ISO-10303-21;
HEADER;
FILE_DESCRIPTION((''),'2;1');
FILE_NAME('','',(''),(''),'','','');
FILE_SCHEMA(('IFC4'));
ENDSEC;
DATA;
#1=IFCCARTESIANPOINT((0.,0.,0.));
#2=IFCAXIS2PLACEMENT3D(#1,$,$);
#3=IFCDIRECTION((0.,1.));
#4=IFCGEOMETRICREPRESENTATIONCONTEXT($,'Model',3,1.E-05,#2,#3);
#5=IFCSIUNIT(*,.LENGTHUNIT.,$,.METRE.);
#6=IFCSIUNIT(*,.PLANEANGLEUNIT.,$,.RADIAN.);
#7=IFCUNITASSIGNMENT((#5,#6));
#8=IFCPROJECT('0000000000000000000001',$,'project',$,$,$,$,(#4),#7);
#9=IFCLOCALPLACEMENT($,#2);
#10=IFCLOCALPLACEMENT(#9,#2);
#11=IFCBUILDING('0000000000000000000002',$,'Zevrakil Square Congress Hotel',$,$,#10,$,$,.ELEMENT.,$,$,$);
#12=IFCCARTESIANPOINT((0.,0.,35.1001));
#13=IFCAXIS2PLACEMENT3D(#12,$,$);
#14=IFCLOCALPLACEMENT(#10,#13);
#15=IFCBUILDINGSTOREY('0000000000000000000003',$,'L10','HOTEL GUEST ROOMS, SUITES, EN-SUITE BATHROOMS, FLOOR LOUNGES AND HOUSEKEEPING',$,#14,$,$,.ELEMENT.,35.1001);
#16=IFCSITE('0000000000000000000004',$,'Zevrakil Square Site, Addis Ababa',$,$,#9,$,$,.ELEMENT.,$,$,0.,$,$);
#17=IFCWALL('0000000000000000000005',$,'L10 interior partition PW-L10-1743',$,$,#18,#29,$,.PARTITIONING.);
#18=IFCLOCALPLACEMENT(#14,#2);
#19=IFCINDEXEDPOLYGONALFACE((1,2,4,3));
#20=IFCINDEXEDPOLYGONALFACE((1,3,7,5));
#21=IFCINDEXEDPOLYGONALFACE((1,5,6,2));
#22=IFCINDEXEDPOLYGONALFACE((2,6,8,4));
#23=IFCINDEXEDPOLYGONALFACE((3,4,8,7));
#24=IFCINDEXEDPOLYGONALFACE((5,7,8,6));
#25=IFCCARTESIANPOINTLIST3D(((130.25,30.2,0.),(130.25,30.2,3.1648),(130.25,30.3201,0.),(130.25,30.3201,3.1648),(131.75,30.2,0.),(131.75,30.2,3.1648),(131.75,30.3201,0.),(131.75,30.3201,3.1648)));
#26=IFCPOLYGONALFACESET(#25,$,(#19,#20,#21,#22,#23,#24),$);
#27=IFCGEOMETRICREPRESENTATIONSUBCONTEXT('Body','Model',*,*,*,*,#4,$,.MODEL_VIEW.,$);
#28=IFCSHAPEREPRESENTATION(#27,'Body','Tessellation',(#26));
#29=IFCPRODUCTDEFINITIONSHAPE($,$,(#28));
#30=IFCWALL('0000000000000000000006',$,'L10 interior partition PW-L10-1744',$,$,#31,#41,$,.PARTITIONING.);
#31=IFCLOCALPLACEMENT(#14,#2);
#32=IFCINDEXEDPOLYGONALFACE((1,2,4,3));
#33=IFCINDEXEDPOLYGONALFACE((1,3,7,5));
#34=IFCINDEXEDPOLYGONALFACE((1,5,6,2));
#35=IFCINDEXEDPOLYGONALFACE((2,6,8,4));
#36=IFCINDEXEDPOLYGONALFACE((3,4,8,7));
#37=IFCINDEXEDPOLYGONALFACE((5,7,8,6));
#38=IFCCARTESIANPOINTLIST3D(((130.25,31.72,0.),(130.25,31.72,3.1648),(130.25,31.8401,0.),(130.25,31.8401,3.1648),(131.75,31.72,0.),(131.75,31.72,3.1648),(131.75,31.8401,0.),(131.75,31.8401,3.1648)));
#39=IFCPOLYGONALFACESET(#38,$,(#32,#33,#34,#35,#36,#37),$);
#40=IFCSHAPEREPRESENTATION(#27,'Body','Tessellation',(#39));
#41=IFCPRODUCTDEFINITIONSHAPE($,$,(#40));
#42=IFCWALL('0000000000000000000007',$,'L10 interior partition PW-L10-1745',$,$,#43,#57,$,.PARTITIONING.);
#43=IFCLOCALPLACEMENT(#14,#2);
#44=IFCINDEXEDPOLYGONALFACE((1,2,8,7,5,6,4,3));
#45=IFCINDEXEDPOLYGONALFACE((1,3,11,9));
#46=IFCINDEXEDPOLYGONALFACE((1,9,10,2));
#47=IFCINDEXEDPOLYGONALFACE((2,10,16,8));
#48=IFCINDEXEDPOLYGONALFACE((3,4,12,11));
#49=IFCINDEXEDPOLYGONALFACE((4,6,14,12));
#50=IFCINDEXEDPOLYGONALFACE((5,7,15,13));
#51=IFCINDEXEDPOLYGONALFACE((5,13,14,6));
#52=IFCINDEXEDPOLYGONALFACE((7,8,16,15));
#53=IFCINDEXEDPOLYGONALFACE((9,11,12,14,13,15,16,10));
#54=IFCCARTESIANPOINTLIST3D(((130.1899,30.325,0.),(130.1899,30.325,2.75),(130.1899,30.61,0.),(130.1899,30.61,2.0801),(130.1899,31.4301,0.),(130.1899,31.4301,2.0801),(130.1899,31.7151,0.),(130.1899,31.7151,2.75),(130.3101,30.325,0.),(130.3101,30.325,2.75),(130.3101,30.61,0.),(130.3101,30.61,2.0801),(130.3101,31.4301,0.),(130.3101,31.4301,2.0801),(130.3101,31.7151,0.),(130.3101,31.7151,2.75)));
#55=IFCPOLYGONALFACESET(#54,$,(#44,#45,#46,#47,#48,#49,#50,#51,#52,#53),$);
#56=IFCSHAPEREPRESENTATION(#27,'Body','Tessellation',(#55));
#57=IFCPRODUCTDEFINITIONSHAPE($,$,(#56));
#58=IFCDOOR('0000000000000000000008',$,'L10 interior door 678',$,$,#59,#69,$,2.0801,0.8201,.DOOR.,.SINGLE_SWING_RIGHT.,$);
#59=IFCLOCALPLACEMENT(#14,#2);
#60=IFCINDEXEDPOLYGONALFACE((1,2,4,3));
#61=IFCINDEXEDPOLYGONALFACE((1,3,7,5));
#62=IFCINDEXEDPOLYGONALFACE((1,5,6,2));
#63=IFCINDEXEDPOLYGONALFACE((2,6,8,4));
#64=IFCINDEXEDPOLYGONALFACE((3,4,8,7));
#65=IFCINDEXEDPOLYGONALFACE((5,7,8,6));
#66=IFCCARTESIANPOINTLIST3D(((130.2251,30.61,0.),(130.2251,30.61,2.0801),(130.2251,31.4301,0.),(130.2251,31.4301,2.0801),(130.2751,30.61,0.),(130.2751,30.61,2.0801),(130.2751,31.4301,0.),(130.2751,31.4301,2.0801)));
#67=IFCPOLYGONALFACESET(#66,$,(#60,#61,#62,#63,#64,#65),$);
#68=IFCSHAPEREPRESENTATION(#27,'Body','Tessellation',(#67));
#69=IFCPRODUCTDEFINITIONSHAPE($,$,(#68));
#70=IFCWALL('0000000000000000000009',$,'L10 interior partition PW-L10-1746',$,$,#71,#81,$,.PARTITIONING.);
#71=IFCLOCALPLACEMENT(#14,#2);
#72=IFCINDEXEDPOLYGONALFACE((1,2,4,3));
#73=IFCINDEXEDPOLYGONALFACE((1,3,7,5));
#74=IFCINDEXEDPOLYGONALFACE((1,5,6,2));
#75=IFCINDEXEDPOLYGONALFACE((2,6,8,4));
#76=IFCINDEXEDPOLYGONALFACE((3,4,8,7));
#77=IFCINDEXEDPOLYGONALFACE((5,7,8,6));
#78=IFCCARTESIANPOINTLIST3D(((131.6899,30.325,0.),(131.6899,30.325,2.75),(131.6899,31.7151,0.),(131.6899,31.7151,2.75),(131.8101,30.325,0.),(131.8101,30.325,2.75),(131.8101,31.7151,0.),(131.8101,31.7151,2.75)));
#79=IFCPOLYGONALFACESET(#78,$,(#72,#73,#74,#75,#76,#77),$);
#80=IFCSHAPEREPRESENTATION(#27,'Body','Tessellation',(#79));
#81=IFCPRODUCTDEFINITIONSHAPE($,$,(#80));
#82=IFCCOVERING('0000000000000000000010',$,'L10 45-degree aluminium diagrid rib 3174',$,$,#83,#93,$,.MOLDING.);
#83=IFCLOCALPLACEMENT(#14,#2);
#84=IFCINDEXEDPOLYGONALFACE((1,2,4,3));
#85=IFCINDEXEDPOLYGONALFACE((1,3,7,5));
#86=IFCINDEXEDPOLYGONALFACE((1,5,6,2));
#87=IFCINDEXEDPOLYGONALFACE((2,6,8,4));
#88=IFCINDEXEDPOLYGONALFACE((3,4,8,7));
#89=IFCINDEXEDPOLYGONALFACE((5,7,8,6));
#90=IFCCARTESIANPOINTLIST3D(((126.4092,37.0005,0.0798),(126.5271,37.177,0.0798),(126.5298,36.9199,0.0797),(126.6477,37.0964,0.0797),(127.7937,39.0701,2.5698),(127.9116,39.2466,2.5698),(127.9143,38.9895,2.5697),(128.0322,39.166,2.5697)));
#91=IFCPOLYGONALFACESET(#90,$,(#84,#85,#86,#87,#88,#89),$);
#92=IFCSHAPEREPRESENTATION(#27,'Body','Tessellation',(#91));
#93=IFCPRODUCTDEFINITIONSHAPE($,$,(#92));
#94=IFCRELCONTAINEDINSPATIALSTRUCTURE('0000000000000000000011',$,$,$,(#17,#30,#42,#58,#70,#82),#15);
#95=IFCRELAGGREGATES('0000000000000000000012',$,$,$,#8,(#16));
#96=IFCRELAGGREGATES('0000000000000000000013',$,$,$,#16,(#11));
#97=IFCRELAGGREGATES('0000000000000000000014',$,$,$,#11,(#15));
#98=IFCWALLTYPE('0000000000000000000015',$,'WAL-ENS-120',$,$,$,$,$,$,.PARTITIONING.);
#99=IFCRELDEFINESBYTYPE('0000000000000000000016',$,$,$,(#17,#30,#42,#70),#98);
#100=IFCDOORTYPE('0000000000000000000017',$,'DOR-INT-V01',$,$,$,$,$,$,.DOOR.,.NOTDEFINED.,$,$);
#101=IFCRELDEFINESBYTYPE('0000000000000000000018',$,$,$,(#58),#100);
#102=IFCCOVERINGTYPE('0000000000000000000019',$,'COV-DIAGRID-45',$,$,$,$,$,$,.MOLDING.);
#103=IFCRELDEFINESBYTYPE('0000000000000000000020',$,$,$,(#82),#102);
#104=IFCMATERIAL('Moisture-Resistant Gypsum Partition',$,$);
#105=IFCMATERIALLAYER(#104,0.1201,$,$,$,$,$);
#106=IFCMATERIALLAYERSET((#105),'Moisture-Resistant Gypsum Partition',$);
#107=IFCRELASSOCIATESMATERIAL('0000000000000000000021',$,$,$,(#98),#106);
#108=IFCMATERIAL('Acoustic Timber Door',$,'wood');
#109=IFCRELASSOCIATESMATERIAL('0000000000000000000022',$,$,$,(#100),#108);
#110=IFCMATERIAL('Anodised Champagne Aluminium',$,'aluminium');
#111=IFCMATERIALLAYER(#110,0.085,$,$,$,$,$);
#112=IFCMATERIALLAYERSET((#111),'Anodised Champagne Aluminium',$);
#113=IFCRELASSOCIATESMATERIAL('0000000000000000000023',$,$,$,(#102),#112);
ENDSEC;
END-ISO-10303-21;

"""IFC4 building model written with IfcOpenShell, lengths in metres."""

from ifc_helpers import new_model, si_unit, direction, frame, frame_2d, origin, place, context, subcontext, project, spatial, polyline, rectangle, outline, extrude, material, layer, layer_set, type_object, element, fill, save


model = new_model("IFC4")

# Units and contexts
model_context = context("Model", 3, precision=1e-05, world=origin(), true_north=direction((0.0, 1.0)))
body_context = subcontext(model_context, "Body", "Model", "MODEL_VIEW")
ifc_project = project(units=[si_unit("LENGTHUNIT", "METRE"), si_unit("PLANEANGLEUNIT", "RADIAN")], contexts=[model_context])

# Site, building, storey
site_placement = place(None, origin())
site = spatial("IfcSite", under=ifc_project, at=site_placement, Name="Zevrakil Square Site, Addis Ababa", CompositionType="ELEMENT", RefElevation=0.0)
building_placement = place(site_placement, origin())
building = spatial("IfcBuilding", under=site, at=building_placement, Name="Zevrakil Square Congress Hotel", CompositionType="ELEMENT")
storey_placement = place(building_placement, frame((0.0, 0.0, 35.1001)))
storey = spatial("IfcBuildingStorey", under=building, at=storey_placement, Name="L10", Description="HOTEL GUEST ROOMS, SUITES, EN-SUITE BATHROOMS, FLOOR LOUNGES AND HOUSEKEEPING", CompositionType="ELEMENT", Elevation=35.1001)

# Shared definitions
ifc_material_1 = material(Name="Moisture-Resistant Gypsum Partition")
ifc_layer_1 = layer(ifc_material_1, 0.1201)
ifc_layer_set_1 = layer_set([ifc_layer_1], Name="Moisture-Resistant Gypsum Partition")
wall_type_1 = type_object("IfcWallType", Name="WAL-ENS-120", PredefinedType="PARTITIONING", material=ifc_layer_set_1)

# Shared definitions
ifc_material_2 = material(Name="Acoustic Timber Door", Category="wood")
door_type_1 = type_object("IfcDoorType", Name="DOR-INT-V01", OperationType="NOTDEFINED", PredefinedType="DOOR", material=ifc_material_2)

# Walls
for number, where, z_axis, x_axis, name in (
    (1, (130.25, 30.26, 0.0), (0.0, 0.0, 1.0), (1.0, 0.0, 0.0), "L10 interior partition PW-L10-1743"),
    (2, (130.25, 31.78, 0.0), (0.0, 0.0, 1.0), (1.0, 0.0, 0.0), "L10 interior partition PW-L10-1744"),
):
    element("IfcWall", number, at=place(storey_placement, frame(where, z_axis=z_axis, x_axis=x_axis)), inside=storey, type_object=wall_type_1, Name=name, PredefinedType="PARTITIONING", context=body_context, shape_type="SweptSolid", body=[
        extrude(rectangle(XDim=1.5, YDim=0.1201, at=frame_2d((0.75, 0.0))), origin(), (0.0, 0.0, 1.0), 3.1648),
    ])

# Wall, opening, door
wall_1_placement = place(storey_placement, frame((130.25, 30.325, 0.0), z_axis=(0.0, 0.0, 1.0), x_axis=(0.0, 1.0, 0.0)))
wall_1 = element("IfcWall", 3, at=wall_1_placement, inside=storey, type_object=wall_type_1, Name="L10 interior partition PW-L10-1745", PredefinedType="PARTITIONING", context=body_context, shape_type="SweptSolid", body=[
    extrude(rectangle(XDim=1.3901, YDim=0.1201, at=frame_2d((0.6951, 0.0))), origin(), (0.0, 0.0, 1.0), 2.75),
])
opening_1_placement = place(wall_1_placement, frame((0.2849, 0.0, 0.0)))
opening_1 = element("IfcOpeningElement", 4, at=opening_1_placement, cuts=wall_1, PredefinedType="OPENING", context=body_context, shape_type="SweptSolid", body=[
    extrude(rectangle(XDim=0.8201, YDim=2.0801, at=frame_2d((0.4102, 1.04))), frame((0.0, 0.0701, 0.0), z_axis=(0.0, -1.0, 0.0), x_axis=(1.0, 0.0, 0.0)), (0.0, 0.0, 1.0), 0.1401),
])
door_1_placement = place(opening_1_placement, origin())
door_1 = element("IfcDoor", 5, at=door_1_placement, inside=storey, type_object=door_type_1, Name="L10 interior door 678", OperationType="SINGLE_SWING_RIGHT", OverallHeight=2.0801, OverallWidth=0.8201, PredefinedType="DOOR", context=body_context, shape_type="SweptSolid", body=[
    extrude(rectangle(XDim=0.8201, YDim=2.0801, at=frame_2d((0.4102, 1.04))), frame((0.0, 0.0249, 0.0), z_axis=(0.0, -1.0, 0.0), x_axis=(1.0, 0.0, 0.0)), (0.0, 0.0, 1.0), 0.05),
])
fill(opening_1, door_1)

# Wall
wall_2_placement = place(storey_placement, frame((131.75, 30.325, 0.0), z_axis=(0.0, 0.0, 1.0), x_axis=(0.0, 1.0, 0.0)))
element("IfcWall", 6, at=wall_2_placement, inside=storey, type_object=wall_type_1, Name="L10 interior partition PW-L10-1746", PredefinedType="PARTITIONING", context=body_context, shape_type="SweptSolid", body=[
    extrude(rectangle(XDim=1.3901, YDim=0.1201, at=frame_2d((0.6951, 0.0))), origin(), (0.0, 0.0, 1.0), 2.75),
])

# Covering
ifc_material_3 = material(Name="Anodised Champagne Aluminium", Category="aluminium")
ifc_layer_2 = layer(ifc_material_3, 0.085)
ifc_layer_set_2 = layer_set([ifc_layer_2], Name="Anodised Champagne Aluminium")
covering_type = type_object("IfcCoveringType", Name="COV-DIAGRID-45", PredefinedType="MOLDING", material=ifc_layer_set_2)
covering_placement = place(storey_placement, frame((127.9116, 39.2466, 2.5698), z_axis=(-0.831519, 0.555496, 0.000647), x_axis=(-0.555496, -0.831519, 0.0)))
element("IfcCovering", 7, at=covering_placement, inside=storey, type_object=covering_type, Name="L10 45-degree aluminium diagrid rib 3174", PredefinedType="MOLDING", context=body_context, shape_type="SweptSolid", body=[
    extrude(outline(polyline([(0.0, 0.0), (0.2123, 0.0), (2.7023, -2.49), (2.49, -2.49), (0.0, 0.0)])), origin(), (0.0, 0.0, -1.0), 0.145),
])

save(model, "model.ifc")
